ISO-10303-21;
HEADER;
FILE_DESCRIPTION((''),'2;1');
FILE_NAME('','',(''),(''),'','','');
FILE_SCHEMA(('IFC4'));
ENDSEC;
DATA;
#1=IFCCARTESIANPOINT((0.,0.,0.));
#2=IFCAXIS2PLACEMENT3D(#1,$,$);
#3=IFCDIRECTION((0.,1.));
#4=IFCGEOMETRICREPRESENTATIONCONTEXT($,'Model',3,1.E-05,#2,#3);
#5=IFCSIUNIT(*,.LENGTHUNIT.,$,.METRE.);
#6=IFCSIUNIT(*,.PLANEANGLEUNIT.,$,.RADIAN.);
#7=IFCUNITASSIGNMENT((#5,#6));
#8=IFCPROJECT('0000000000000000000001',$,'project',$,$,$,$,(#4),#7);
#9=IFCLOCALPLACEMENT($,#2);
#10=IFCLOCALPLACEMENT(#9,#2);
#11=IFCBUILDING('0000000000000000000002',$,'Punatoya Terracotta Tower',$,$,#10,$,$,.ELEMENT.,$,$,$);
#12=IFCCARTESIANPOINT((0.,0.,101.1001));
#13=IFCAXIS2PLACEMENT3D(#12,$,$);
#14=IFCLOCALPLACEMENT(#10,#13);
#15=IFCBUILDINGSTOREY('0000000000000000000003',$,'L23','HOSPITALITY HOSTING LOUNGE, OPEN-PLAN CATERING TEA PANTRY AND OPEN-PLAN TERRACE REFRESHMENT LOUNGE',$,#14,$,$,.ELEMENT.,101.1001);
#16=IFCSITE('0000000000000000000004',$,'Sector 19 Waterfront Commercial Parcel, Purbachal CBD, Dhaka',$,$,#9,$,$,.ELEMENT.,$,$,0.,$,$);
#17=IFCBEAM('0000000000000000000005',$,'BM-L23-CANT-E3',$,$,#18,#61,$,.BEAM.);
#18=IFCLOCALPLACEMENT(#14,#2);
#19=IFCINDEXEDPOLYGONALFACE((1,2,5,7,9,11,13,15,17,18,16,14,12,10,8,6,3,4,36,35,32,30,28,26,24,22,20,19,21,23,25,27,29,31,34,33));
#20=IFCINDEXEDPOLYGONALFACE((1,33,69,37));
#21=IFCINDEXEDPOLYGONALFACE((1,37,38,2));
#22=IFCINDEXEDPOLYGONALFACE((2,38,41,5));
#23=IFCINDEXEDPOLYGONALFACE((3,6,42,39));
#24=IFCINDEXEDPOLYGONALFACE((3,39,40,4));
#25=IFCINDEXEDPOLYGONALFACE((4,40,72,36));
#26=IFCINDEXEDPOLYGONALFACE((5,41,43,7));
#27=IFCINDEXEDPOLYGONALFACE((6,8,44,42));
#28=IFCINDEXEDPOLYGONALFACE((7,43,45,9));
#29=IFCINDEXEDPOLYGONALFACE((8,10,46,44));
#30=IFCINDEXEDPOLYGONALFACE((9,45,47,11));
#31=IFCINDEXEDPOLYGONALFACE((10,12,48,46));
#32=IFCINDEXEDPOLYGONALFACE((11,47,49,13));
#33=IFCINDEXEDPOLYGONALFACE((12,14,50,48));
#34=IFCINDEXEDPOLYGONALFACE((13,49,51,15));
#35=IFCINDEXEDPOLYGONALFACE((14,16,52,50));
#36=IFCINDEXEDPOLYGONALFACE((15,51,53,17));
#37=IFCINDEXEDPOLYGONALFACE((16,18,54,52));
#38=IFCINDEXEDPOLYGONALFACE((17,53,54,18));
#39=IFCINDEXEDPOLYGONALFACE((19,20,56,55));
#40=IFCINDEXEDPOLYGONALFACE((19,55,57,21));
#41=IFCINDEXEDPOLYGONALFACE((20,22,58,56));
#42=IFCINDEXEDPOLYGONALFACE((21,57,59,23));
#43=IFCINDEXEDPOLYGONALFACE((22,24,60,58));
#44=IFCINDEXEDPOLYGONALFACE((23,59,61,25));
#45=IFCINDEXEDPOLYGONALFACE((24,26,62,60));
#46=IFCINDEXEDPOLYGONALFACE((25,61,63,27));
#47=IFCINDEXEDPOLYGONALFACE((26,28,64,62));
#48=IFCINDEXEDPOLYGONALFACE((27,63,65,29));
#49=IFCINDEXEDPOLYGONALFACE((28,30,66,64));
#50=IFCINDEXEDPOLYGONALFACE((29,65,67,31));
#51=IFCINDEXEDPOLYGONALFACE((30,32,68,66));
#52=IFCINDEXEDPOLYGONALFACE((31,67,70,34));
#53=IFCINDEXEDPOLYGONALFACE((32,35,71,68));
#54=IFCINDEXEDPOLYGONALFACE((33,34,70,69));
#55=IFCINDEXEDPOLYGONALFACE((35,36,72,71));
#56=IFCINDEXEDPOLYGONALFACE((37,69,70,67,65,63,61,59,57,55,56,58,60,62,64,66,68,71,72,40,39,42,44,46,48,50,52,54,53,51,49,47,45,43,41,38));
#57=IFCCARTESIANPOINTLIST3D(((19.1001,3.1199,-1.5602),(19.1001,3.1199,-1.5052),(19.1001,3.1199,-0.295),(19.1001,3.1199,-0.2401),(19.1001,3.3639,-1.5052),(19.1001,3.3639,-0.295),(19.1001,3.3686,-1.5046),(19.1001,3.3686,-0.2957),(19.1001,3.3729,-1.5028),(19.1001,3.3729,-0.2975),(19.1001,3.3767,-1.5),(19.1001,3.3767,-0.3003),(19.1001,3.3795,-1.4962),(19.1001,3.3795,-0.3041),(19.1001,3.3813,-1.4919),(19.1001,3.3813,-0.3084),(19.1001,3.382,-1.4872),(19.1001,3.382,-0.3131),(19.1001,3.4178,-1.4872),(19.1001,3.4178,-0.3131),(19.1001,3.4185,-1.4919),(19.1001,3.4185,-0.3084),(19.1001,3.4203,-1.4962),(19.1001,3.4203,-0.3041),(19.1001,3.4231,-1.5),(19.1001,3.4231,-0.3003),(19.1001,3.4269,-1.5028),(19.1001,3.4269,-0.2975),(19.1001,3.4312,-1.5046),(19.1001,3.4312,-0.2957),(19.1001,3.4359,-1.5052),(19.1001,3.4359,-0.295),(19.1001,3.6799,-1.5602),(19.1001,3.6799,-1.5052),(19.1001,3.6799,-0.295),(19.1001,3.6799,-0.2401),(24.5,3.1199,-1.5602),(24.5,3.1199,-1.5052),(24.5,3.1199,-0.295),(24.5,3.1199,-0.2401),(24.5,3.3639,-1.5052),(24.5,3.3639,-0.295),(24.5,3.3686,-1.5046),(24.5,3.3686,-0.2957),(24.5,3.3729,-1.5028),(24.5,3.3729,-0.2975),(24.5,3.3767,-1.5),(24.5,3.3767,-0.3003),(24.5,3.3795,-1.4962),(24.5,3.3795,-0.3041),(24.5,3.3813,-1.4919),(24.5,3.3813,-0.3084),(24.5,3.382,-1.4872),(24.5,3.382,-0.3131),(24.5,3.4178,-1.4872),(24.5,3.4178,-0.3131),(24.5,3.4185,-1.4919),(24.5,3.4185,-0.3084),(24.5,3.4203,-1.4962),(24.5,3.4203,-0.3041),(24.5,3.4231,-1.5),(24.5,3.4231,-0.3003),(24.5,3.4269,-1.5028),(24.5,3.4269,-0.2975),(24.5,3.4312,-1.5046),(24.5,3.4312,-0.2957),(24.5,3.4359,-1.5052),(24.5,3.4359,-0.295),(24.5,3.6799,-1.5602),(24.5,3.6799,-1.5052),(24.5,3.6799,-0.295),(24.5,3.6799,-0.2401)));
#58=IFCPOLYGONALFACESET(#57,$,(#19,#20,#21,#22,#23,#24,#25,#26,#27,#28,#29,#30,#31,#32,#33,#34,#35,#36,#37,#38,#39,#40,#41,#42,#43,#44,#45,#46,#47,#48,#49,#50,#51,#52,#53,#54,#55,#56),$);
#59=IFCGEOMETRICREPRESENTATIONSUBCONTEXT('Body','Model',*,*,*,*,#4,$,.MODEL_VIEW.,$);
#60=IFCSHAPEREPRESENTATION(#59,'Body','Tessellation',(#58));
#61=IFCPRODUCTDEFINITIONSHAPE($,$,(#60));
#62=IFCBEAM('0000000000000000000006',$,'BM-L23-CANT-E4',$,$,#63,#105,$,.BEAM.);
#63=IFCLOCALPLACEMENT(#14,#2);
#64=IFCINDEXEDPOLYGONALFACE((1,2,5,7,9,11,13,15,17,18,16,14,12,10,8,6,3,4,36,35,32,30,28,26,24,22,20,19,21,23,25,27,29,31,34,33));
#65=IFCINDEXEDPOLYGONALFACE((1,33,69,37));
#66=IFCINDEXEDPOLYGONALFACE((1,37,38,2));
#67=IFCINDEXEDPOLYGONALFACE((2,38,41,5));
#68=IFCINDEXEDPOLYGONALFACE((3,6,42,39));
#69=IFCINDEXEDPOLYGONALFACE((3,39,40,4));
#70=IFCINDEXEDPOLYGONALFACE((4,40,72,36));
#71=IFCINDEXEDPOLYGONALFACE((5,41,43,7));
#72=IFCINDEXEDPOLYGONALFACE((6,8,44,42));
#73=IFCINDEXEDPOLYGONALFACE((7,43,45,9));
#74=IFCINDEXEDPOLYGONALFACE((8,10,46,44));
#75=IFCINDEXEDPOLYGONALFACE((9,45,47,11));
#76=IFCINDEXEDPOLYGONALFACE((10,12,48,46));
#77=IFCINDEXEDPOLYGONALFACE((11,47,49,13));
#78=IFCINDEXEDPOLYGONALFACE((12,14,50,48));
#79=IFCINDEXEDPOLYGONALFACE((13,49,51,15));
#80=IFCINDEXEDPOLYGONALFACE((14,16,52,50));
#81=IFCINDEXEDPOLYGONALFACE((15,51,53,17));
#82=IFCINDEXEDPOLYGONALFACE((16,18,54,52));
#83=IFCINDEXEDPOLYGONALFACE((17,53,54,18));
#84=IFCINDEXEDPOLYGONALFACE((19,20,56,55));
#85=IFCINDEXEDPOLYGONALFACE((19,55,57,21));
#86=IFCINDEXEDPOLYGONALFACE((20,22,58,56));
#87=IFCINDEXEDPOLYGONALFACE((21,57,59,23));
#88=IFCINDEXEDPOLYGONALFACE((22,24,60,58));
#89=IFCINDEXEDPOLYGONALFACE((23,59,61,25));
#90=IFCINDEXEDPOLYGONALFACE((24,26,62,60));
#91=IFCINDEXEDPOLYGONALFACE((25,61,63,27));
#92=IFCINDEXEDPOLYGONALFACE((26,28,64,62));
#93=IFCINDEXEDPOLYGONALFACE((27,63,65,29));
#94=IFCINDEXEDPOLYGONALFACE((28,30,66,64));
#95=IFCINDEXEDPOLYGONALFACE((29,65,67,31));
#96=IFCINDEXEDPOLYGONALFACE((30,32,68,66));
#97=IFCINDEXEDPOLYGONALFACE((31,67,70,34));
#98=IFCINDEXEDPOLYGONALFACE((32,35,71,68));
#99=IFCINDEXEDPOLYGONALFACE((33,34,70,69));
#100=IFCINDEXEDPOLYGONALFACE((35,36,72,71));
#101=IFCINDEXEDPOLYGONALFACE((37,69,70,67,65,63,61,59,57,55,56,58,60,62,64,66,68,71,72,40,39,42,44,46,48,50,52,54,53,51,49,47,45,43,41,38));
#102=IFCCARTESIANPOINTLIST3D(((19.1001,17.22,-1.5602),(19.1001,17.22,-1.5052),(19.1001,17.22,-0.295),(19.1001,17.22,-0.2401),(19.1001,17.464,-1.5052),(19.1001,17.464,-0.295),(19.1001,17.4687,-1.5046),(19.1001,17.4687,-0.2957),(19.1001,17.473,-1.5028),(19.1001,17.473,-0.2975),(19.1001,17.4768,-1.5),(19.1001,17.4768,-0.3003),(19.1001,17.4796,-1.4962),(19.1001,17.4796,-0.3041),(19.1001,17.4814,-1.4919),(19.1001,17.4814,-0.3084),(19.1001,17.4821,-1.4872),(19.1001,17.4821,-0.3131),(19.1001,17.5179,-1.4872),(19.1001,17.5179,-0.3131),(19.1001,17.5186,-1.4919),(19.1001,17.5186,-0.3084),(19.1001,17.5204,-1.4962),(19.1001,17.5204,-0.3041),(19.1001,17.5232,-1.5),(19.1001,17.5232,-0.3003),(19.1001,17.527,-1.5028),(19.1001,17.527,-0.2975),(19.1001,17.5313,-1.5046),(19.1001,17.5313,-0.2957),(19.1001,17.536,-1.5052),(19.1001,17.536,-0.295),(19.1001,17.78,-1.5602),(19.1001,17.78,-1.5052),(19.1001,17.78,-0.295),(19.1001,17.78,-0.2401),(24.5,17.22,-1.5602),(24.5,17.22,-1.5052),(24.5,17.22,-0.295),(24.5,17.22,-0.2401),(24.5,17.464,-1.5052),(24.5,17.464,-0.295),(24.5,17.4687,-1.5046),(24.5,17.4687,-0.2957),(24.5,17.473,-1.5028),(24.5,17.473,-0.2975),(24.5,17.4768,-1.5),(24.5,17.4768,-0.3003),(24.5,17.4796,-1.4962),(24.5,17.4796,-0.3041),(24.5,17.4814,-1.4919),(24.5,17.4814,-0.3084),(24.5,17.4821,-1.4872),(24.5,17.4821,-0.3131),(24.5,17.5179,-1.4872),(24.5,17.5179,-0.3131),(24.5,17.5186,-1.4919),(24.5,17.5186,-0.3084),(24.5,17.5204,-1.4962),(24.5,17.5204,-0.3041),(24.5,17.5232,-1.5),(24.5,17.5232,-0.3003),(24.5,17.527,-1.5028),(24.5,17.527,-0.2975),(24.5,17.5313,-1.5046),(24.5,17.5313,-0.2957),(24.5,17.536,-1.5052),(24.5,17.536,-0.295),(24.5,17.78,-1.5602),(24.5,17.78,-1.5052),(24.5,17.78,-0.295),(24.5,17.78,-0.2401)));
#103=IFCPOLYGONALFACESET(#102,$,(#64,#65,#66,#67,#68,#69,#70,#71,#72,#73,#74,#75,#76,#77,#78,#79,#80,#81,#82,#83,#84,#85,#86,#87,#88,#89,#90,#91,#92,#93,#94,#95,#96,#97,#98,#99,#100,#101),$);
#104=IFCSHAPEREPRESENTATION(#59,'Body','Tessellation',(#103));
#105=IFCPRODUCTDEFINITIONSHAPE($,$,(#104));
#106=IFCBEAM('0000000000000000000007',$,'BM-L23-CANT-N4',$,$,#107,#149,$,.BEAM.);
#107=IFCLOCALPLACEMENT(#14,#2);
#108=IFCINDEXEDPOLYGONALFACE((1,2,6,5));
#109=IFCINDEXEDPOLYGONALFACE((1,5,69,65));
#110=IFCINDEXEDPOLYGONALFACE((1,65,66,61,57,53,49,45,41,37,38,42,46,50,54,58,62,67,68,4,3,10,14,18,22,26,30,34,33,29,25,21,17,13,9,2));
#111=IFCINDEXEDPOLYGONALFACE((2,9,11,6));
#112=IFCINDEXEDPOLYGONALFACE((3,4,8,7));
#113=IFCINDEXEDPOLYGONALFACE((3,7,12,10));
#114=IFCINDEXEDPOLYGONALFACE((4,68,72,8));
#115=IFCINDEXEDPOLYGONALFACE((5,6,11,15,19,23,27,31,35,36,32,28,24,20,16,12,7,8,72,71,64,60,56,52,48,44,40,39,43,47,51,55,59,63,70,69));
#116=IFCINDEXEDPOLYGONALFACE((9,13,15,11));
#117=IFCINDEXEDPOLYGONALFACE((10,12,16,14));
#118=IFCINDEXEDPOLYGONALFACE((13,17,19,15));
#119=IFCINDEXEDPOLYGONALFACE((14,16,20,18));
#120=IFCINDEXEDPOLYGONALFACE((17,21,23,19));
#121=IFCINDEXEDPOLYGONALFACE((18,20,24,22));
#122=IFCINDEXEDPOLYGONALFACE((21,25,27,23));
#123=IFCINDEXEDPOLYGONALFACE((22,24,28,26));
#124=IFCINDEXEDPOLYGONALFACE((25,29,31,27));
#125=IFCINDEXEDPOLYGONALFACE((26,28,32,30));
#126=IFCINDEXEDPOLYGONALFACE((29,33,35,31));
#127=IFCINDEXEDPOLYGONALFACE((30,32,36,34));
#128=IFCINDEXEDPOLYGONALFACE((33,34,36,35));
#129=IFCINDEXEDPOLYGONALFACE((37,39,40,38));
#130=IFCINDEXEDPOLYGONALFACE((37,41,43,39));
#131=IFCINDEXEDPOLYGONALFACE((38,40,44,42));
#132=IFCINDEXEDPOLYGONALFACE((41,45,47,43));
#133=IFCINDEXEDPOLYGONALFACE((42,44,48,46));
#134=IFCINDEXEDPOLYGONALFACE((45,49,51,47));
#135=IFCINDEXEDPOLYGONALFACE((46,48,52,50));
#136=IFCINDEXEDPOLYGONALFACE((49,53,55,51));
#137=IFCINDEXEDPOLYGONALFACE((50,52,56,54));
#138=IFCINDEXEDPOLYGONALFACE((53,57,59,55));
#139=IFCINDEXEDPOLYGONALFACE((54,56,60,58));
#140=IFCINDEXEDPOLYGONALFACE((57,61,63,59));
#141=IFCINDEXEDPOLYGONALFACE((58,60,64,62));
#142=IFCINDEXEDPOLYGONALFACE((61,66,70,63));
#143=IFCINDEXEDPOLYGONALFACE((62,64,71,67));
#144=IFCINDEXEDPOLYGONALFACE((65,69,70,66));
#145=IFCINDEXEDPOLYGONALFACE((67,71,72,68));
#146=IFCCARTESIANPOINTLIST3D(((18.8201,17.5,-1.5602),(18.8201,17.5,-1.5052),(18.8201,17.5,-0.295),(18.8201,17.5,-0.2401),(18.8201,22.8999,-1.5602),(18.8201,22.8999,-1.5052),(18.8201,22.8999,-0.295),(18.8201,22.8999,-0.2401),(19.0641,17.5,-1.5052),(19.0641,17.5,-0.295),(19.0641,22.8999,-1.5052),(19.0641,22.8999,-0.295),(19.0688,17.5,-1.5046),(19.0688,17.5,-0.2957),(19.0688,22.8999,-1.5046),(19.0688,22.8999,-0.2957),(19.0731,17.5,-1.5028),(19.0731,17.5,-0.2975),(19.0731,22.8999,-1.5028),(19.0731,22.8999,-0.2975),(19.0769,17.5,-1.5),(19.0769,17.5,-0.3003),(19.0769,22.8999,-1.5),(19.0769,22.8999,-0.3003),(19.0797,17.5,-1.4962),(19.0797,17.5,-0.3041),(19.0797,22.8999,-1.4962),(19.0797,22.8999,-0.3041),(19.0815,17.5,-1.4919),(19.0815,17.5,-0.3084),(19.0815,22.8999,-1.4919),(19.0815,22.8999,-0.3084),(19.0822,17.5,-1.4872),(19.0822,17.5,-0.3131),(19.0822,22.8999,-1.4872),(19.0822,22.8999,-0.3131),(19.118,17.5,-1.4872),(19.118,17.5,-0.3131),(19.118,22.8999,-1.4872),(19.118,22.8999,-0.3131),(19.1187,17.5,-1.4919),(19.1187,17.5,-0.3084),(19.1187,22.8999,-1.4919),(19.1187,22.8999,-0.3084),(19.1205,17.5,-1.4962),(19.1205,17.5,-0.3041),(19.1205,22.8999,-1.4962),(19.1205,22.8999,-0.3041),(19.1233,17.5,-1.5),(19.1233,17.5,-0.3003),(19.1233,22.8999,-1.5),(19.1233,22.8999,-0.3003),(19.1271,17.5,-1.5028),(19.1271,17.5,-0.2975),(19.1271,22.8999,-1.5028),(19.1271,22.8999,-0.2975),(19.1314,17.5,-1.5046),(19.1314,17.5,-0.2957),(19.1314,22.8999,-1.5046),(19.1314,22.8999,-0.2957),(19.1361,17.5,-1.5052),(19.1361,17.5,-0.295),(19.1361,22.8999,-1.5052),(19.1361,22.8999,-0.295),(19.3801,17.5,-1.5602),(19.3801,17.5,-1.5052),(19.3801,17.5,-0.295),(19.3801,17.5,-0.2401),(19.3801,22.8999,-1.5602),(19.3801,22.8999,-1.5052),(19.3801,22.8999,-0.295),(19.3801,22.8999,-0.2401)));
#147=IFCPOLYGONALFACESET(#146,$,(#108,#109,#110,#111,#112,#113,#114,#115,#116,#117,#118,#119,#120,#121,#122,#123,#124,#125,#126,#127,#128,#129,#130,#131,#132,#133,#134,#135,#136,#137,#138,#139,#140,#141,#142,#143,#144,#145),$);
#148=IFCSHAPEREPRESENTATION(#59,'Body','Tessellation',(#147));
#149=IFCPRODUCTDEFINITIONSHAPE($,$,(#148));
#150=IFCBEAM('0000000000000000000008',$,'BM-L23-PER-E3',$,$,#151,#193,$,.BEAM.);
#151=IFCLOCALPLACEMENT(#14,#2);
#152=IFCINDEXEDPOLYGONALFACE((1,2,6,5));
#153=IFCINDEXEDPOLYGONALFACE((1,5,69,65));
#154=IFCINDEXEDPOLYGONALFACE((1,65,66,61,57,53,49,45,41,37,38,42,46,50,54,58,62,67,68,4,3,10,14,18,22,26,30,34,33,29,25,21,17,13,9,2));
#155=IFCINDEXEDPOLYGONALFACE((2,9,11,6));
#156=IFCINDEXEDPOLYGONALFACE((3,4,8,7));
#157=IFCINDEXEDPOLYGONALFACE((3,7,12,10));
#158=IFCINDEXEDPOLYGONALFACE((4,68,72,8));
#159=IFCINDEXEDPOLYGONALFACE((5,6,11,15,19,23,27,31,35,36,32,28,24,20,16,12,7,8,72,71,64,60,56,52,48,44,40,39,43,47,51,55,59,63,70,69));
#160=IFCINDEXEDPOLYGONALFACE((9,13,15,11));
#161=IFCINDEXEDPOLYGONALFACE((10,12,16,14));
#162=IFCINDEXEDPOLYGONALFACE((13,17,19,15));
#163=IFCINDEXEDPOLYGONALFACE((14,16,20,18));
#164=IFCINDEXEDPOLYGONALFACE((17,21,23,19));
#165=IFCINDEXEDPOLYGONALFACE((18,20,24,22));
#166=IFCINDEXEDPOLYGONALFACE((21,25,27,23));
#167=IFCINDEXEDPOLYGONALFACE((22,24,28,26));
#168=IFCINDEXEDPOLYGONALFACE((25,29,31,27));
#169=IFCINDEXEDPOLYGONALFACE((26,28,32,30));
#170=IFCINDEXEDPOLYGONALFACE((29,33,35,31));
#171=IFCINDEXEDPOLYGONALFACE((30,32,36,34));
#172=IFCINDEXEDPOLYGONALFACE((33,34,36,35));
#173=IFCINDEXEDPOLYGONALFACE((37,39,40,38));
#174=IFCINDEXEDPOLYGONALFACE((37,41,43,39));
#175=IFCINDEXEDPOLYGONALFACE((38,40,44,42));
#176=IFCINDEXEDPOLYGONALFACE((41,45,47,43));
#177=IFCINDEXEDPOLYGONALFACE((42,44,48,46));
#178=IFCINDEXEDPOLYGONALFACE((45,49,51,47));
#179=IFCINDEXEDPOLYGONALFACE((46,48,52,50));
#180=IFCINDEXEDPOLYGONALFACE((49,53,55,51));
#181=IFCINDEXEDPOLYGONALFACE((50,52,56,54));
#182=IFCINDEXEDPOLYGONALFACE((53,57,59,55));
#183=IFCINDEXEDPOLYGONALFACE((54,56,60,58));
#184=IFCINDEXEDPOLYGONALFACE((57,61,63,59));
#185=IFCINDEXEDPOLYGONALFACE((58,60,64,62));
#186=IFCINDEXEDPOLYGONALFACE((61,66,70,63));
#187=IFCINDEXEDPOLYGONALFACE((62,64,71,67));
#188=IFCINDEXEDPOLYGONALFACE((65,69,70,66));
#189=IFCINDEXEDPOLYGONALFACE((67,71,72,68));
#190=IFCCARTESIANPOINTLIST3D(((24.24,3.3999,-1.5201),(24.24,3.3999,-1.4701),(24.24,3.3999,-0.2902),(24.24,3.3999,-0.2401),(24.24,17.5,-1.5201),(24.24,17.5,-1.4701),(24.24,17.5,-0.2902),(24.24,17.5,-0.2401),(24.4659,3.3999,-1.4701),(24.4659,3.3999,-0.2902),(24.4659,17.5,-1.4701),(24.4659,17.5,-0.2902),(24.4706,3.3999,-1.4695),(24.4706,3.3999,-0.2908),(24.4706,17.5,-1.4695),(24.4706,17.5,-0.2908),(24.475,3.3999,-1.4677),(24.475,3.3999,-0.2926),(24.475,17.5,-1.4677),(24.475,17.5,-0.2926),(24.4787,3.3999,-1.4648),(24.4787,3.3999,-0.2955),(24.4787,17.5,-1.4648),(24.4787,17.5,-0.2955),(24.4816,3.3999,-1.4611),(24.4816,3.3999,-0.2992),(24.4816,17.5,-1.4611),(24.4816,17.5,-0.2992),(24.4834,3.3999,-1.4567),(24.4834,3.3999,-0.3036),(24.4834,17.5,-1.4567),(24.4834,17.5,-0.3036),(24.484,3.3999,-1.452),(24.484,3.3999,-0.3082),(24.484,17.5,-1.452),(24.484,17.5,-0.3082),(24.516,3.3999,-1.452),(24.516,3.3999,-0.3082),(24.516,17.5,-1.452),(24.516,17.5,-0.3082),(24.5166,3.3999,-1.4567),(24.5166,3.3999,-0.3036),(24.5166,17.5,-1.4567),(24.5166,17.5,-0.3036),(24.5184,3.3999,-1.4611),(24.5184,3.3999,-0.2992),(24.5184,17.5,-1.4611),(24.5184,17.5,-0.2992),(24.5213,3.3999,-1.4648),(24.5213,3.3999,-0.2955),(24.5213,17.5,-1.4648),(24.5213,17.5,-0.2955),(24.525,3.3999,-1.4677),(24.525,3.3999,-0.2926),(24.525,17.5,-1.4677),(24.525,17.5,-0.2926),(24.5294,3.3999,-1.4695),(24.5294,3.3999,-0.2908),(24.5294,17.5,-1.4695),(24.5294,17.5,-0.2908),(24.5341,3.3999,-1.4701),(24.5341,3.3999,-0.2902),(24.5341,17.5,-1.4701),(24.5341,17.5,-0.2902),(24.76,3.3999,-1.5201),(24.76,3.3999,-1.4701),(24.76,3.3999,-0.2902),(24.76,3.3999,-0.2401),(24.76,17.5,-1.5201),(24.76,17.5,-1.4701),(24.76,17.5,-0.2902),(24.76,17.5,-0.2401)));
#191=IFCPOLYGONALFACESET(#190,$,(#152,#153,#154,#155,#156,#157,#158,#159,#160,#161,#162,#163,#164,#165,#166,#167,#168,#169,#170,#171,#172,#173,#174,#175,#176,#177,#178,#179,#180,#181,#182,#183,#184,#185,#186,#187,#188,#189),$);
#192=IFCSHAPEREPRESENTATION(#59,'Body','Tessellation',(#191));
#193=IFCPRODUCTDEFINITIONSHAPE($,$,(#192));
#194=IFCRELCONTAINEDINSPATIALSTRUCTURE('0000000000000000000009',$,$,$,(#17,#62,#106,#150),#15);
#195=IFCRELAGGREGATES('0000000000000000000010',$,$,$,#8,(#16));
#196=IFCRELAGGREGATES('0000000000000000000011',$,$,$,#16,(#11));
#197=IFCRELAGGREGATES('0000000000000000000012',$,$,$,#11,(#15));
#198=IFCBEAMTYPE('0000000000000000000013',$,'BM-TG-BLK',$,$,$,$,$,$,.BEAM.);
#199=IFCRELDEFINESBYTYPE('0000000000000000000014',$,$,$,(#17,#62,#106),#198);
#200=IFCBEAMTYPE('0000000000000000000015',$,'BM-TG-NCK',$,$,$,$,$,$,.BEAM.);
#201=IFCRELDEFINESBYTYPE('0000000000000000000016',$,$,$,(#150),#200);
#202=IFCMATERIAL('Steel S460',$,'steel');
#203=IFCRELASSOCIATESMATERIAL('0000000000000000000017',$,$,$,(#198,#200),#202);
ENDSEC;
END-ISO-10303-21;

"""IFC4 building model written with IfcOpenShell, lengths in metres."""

from ifc_helpers import new_model, si_unit, direction, frame, origin, origin_2d, place, context, subcontext, project, spatial, i_section, extrude, material, material_profile, profile_set, type_object, element, save


model = new_model("IFC4")

# Units and contexts
model_context = context("Model", 3, precision=1e-05, world=origin(), true_north=direction((0.0, 1.0)))
body_context = subcontext(model_context, "Body", "Model", "MODEL_VIEW")
ifc_project = project(units=[si_unit("LENGTHUNIT", "METRE"), si_unit("PLANEANGLEUNIT", "RADIAN")], contexts=[model_context])

# Site, building, storey
site_placement = place(None, origin())
site = spatial("IfcSite", under=ifc_project, at=site_placement, Name="Sector 19 Waterfront Commercial Parcel, Purbachal CBD, Dhaka", CompositionType="ELEMENT", RefElevation=0.0)
building_placement = place(site_placement, origin())
building = spatial("IfcBuilding", under=site, at=building_placement, Name="Punatoya Terracotta Tower", CompositionType="ELEMENT")
storey_placement = place(building_placement, frame((0.0, 0.0, 101.1001)))
storey = spatial("IfcBuildingStorey", under=building, at=storey_placement, Name="L23", Description="HOSPITALITY HOSTING LOUNGE, OPEN-PLAN CATERING TEA PANTRY AND OPEN-PLAN TERRACE REFRESHMENT LOUNGE", CompositionType="ELEMENT", Elevation=101.1001)

# Shared definitions
ifc_material_1 = material(Name="Steel S460", Category="steel")

# Beams
ifc_material_profile_1 = material_profile(ifc_material_1, i_section(OverallWidth=0.5601, OverallDepth=1.3201, WebThickness=0.0359, FlangeThickness=0.0549, FilletRadius=0.0181, at=origin_2d()))
ifc_profile_set_1 = profile_set([ifc_material_profile_1], Name="Steel S460")
beam_type_1 = type_object("IfcBeamType", Name="BM-TG-BLK", PredefinedType="BEAM", material=ifc_profile_set_1)
for number, where, z_axis, x_axis, name in (
    (1, (19.1001, 3.3999, -0.9001), (1.0, 0.0, 0.0), (0.0, 1.0, 0.0), "BM-L23-CANT-E3"),
    (2, (19.1001, 17.5, -0.9001), (1.0, 0.0, 0.0), (0.0, 1.0, 0.0), "BM-L23-CANT-E4"),
    (3, (19.1001, 17.5, -0.9001), (0.0, 1.0, 0.0), (-1.0, 0.0, 0.0), "BM-L23-CANT-N4"),
):
    element("IfcBeam", number, at=place(storey_placement, frame(where, z_axis=z_axis, x_axis=x_axis)), inside=storey, type_object=beam_type_1, Name=name, PredefinedType="BEAM", context=body_context, shape_type="SweptSolid", body=[
        extrude(i_section(OverallWidth=0.5601, OverallDepth=1.3201, WebThickness=0.0359, FlangeThickness=0.0549, FilletRadius=0.0181, at=origin_2d()), origin(), (0.0, 0.0, 1.0), 5.3999),
    ])
ifc_material_profile_2 = material_profile(ifc_material_1, i_section(OverallWidth=0.52, OverallDepth=1.28, WebThickness=0.032, FlangeThickness=0.05, FilletRadius=0.0181, at=origin_2d()))
ifc_profile_set_2 = profile_set([ifc_material_profile_2], Name="Steel S460")
beam_type_2 = type_object("IfcBeamType", Name="BM-TG-NCK", PredefinedType="BEAM", material=ifc_profile_set_2)
beam_1_placement = place(storey_placement, frame((24.5, 3.3999, -0.8801), z_axis=(0.0, 1.0, 0.0), x_axis=(-1.0, 0.0, 0.0)))
element("IfcBeam", 4, at=beam_1_placement, inside=storey, type_object=beam_type_2, Name="BM-L23-PER-E3", PredefinedType="BEAM", context=body_context, shape_type="SweptSolid", body=[
    extrude(i_section(OverallWidth=0.52, OverallDepth=1.28, WebThickness=0.032, FlangeThickness=0.05, FilletRadius=0.0181, at=origin_2d()), origin(), (0.0, 0.0, 1.0), 14.1001),
])

save(model, "model.ifc")
